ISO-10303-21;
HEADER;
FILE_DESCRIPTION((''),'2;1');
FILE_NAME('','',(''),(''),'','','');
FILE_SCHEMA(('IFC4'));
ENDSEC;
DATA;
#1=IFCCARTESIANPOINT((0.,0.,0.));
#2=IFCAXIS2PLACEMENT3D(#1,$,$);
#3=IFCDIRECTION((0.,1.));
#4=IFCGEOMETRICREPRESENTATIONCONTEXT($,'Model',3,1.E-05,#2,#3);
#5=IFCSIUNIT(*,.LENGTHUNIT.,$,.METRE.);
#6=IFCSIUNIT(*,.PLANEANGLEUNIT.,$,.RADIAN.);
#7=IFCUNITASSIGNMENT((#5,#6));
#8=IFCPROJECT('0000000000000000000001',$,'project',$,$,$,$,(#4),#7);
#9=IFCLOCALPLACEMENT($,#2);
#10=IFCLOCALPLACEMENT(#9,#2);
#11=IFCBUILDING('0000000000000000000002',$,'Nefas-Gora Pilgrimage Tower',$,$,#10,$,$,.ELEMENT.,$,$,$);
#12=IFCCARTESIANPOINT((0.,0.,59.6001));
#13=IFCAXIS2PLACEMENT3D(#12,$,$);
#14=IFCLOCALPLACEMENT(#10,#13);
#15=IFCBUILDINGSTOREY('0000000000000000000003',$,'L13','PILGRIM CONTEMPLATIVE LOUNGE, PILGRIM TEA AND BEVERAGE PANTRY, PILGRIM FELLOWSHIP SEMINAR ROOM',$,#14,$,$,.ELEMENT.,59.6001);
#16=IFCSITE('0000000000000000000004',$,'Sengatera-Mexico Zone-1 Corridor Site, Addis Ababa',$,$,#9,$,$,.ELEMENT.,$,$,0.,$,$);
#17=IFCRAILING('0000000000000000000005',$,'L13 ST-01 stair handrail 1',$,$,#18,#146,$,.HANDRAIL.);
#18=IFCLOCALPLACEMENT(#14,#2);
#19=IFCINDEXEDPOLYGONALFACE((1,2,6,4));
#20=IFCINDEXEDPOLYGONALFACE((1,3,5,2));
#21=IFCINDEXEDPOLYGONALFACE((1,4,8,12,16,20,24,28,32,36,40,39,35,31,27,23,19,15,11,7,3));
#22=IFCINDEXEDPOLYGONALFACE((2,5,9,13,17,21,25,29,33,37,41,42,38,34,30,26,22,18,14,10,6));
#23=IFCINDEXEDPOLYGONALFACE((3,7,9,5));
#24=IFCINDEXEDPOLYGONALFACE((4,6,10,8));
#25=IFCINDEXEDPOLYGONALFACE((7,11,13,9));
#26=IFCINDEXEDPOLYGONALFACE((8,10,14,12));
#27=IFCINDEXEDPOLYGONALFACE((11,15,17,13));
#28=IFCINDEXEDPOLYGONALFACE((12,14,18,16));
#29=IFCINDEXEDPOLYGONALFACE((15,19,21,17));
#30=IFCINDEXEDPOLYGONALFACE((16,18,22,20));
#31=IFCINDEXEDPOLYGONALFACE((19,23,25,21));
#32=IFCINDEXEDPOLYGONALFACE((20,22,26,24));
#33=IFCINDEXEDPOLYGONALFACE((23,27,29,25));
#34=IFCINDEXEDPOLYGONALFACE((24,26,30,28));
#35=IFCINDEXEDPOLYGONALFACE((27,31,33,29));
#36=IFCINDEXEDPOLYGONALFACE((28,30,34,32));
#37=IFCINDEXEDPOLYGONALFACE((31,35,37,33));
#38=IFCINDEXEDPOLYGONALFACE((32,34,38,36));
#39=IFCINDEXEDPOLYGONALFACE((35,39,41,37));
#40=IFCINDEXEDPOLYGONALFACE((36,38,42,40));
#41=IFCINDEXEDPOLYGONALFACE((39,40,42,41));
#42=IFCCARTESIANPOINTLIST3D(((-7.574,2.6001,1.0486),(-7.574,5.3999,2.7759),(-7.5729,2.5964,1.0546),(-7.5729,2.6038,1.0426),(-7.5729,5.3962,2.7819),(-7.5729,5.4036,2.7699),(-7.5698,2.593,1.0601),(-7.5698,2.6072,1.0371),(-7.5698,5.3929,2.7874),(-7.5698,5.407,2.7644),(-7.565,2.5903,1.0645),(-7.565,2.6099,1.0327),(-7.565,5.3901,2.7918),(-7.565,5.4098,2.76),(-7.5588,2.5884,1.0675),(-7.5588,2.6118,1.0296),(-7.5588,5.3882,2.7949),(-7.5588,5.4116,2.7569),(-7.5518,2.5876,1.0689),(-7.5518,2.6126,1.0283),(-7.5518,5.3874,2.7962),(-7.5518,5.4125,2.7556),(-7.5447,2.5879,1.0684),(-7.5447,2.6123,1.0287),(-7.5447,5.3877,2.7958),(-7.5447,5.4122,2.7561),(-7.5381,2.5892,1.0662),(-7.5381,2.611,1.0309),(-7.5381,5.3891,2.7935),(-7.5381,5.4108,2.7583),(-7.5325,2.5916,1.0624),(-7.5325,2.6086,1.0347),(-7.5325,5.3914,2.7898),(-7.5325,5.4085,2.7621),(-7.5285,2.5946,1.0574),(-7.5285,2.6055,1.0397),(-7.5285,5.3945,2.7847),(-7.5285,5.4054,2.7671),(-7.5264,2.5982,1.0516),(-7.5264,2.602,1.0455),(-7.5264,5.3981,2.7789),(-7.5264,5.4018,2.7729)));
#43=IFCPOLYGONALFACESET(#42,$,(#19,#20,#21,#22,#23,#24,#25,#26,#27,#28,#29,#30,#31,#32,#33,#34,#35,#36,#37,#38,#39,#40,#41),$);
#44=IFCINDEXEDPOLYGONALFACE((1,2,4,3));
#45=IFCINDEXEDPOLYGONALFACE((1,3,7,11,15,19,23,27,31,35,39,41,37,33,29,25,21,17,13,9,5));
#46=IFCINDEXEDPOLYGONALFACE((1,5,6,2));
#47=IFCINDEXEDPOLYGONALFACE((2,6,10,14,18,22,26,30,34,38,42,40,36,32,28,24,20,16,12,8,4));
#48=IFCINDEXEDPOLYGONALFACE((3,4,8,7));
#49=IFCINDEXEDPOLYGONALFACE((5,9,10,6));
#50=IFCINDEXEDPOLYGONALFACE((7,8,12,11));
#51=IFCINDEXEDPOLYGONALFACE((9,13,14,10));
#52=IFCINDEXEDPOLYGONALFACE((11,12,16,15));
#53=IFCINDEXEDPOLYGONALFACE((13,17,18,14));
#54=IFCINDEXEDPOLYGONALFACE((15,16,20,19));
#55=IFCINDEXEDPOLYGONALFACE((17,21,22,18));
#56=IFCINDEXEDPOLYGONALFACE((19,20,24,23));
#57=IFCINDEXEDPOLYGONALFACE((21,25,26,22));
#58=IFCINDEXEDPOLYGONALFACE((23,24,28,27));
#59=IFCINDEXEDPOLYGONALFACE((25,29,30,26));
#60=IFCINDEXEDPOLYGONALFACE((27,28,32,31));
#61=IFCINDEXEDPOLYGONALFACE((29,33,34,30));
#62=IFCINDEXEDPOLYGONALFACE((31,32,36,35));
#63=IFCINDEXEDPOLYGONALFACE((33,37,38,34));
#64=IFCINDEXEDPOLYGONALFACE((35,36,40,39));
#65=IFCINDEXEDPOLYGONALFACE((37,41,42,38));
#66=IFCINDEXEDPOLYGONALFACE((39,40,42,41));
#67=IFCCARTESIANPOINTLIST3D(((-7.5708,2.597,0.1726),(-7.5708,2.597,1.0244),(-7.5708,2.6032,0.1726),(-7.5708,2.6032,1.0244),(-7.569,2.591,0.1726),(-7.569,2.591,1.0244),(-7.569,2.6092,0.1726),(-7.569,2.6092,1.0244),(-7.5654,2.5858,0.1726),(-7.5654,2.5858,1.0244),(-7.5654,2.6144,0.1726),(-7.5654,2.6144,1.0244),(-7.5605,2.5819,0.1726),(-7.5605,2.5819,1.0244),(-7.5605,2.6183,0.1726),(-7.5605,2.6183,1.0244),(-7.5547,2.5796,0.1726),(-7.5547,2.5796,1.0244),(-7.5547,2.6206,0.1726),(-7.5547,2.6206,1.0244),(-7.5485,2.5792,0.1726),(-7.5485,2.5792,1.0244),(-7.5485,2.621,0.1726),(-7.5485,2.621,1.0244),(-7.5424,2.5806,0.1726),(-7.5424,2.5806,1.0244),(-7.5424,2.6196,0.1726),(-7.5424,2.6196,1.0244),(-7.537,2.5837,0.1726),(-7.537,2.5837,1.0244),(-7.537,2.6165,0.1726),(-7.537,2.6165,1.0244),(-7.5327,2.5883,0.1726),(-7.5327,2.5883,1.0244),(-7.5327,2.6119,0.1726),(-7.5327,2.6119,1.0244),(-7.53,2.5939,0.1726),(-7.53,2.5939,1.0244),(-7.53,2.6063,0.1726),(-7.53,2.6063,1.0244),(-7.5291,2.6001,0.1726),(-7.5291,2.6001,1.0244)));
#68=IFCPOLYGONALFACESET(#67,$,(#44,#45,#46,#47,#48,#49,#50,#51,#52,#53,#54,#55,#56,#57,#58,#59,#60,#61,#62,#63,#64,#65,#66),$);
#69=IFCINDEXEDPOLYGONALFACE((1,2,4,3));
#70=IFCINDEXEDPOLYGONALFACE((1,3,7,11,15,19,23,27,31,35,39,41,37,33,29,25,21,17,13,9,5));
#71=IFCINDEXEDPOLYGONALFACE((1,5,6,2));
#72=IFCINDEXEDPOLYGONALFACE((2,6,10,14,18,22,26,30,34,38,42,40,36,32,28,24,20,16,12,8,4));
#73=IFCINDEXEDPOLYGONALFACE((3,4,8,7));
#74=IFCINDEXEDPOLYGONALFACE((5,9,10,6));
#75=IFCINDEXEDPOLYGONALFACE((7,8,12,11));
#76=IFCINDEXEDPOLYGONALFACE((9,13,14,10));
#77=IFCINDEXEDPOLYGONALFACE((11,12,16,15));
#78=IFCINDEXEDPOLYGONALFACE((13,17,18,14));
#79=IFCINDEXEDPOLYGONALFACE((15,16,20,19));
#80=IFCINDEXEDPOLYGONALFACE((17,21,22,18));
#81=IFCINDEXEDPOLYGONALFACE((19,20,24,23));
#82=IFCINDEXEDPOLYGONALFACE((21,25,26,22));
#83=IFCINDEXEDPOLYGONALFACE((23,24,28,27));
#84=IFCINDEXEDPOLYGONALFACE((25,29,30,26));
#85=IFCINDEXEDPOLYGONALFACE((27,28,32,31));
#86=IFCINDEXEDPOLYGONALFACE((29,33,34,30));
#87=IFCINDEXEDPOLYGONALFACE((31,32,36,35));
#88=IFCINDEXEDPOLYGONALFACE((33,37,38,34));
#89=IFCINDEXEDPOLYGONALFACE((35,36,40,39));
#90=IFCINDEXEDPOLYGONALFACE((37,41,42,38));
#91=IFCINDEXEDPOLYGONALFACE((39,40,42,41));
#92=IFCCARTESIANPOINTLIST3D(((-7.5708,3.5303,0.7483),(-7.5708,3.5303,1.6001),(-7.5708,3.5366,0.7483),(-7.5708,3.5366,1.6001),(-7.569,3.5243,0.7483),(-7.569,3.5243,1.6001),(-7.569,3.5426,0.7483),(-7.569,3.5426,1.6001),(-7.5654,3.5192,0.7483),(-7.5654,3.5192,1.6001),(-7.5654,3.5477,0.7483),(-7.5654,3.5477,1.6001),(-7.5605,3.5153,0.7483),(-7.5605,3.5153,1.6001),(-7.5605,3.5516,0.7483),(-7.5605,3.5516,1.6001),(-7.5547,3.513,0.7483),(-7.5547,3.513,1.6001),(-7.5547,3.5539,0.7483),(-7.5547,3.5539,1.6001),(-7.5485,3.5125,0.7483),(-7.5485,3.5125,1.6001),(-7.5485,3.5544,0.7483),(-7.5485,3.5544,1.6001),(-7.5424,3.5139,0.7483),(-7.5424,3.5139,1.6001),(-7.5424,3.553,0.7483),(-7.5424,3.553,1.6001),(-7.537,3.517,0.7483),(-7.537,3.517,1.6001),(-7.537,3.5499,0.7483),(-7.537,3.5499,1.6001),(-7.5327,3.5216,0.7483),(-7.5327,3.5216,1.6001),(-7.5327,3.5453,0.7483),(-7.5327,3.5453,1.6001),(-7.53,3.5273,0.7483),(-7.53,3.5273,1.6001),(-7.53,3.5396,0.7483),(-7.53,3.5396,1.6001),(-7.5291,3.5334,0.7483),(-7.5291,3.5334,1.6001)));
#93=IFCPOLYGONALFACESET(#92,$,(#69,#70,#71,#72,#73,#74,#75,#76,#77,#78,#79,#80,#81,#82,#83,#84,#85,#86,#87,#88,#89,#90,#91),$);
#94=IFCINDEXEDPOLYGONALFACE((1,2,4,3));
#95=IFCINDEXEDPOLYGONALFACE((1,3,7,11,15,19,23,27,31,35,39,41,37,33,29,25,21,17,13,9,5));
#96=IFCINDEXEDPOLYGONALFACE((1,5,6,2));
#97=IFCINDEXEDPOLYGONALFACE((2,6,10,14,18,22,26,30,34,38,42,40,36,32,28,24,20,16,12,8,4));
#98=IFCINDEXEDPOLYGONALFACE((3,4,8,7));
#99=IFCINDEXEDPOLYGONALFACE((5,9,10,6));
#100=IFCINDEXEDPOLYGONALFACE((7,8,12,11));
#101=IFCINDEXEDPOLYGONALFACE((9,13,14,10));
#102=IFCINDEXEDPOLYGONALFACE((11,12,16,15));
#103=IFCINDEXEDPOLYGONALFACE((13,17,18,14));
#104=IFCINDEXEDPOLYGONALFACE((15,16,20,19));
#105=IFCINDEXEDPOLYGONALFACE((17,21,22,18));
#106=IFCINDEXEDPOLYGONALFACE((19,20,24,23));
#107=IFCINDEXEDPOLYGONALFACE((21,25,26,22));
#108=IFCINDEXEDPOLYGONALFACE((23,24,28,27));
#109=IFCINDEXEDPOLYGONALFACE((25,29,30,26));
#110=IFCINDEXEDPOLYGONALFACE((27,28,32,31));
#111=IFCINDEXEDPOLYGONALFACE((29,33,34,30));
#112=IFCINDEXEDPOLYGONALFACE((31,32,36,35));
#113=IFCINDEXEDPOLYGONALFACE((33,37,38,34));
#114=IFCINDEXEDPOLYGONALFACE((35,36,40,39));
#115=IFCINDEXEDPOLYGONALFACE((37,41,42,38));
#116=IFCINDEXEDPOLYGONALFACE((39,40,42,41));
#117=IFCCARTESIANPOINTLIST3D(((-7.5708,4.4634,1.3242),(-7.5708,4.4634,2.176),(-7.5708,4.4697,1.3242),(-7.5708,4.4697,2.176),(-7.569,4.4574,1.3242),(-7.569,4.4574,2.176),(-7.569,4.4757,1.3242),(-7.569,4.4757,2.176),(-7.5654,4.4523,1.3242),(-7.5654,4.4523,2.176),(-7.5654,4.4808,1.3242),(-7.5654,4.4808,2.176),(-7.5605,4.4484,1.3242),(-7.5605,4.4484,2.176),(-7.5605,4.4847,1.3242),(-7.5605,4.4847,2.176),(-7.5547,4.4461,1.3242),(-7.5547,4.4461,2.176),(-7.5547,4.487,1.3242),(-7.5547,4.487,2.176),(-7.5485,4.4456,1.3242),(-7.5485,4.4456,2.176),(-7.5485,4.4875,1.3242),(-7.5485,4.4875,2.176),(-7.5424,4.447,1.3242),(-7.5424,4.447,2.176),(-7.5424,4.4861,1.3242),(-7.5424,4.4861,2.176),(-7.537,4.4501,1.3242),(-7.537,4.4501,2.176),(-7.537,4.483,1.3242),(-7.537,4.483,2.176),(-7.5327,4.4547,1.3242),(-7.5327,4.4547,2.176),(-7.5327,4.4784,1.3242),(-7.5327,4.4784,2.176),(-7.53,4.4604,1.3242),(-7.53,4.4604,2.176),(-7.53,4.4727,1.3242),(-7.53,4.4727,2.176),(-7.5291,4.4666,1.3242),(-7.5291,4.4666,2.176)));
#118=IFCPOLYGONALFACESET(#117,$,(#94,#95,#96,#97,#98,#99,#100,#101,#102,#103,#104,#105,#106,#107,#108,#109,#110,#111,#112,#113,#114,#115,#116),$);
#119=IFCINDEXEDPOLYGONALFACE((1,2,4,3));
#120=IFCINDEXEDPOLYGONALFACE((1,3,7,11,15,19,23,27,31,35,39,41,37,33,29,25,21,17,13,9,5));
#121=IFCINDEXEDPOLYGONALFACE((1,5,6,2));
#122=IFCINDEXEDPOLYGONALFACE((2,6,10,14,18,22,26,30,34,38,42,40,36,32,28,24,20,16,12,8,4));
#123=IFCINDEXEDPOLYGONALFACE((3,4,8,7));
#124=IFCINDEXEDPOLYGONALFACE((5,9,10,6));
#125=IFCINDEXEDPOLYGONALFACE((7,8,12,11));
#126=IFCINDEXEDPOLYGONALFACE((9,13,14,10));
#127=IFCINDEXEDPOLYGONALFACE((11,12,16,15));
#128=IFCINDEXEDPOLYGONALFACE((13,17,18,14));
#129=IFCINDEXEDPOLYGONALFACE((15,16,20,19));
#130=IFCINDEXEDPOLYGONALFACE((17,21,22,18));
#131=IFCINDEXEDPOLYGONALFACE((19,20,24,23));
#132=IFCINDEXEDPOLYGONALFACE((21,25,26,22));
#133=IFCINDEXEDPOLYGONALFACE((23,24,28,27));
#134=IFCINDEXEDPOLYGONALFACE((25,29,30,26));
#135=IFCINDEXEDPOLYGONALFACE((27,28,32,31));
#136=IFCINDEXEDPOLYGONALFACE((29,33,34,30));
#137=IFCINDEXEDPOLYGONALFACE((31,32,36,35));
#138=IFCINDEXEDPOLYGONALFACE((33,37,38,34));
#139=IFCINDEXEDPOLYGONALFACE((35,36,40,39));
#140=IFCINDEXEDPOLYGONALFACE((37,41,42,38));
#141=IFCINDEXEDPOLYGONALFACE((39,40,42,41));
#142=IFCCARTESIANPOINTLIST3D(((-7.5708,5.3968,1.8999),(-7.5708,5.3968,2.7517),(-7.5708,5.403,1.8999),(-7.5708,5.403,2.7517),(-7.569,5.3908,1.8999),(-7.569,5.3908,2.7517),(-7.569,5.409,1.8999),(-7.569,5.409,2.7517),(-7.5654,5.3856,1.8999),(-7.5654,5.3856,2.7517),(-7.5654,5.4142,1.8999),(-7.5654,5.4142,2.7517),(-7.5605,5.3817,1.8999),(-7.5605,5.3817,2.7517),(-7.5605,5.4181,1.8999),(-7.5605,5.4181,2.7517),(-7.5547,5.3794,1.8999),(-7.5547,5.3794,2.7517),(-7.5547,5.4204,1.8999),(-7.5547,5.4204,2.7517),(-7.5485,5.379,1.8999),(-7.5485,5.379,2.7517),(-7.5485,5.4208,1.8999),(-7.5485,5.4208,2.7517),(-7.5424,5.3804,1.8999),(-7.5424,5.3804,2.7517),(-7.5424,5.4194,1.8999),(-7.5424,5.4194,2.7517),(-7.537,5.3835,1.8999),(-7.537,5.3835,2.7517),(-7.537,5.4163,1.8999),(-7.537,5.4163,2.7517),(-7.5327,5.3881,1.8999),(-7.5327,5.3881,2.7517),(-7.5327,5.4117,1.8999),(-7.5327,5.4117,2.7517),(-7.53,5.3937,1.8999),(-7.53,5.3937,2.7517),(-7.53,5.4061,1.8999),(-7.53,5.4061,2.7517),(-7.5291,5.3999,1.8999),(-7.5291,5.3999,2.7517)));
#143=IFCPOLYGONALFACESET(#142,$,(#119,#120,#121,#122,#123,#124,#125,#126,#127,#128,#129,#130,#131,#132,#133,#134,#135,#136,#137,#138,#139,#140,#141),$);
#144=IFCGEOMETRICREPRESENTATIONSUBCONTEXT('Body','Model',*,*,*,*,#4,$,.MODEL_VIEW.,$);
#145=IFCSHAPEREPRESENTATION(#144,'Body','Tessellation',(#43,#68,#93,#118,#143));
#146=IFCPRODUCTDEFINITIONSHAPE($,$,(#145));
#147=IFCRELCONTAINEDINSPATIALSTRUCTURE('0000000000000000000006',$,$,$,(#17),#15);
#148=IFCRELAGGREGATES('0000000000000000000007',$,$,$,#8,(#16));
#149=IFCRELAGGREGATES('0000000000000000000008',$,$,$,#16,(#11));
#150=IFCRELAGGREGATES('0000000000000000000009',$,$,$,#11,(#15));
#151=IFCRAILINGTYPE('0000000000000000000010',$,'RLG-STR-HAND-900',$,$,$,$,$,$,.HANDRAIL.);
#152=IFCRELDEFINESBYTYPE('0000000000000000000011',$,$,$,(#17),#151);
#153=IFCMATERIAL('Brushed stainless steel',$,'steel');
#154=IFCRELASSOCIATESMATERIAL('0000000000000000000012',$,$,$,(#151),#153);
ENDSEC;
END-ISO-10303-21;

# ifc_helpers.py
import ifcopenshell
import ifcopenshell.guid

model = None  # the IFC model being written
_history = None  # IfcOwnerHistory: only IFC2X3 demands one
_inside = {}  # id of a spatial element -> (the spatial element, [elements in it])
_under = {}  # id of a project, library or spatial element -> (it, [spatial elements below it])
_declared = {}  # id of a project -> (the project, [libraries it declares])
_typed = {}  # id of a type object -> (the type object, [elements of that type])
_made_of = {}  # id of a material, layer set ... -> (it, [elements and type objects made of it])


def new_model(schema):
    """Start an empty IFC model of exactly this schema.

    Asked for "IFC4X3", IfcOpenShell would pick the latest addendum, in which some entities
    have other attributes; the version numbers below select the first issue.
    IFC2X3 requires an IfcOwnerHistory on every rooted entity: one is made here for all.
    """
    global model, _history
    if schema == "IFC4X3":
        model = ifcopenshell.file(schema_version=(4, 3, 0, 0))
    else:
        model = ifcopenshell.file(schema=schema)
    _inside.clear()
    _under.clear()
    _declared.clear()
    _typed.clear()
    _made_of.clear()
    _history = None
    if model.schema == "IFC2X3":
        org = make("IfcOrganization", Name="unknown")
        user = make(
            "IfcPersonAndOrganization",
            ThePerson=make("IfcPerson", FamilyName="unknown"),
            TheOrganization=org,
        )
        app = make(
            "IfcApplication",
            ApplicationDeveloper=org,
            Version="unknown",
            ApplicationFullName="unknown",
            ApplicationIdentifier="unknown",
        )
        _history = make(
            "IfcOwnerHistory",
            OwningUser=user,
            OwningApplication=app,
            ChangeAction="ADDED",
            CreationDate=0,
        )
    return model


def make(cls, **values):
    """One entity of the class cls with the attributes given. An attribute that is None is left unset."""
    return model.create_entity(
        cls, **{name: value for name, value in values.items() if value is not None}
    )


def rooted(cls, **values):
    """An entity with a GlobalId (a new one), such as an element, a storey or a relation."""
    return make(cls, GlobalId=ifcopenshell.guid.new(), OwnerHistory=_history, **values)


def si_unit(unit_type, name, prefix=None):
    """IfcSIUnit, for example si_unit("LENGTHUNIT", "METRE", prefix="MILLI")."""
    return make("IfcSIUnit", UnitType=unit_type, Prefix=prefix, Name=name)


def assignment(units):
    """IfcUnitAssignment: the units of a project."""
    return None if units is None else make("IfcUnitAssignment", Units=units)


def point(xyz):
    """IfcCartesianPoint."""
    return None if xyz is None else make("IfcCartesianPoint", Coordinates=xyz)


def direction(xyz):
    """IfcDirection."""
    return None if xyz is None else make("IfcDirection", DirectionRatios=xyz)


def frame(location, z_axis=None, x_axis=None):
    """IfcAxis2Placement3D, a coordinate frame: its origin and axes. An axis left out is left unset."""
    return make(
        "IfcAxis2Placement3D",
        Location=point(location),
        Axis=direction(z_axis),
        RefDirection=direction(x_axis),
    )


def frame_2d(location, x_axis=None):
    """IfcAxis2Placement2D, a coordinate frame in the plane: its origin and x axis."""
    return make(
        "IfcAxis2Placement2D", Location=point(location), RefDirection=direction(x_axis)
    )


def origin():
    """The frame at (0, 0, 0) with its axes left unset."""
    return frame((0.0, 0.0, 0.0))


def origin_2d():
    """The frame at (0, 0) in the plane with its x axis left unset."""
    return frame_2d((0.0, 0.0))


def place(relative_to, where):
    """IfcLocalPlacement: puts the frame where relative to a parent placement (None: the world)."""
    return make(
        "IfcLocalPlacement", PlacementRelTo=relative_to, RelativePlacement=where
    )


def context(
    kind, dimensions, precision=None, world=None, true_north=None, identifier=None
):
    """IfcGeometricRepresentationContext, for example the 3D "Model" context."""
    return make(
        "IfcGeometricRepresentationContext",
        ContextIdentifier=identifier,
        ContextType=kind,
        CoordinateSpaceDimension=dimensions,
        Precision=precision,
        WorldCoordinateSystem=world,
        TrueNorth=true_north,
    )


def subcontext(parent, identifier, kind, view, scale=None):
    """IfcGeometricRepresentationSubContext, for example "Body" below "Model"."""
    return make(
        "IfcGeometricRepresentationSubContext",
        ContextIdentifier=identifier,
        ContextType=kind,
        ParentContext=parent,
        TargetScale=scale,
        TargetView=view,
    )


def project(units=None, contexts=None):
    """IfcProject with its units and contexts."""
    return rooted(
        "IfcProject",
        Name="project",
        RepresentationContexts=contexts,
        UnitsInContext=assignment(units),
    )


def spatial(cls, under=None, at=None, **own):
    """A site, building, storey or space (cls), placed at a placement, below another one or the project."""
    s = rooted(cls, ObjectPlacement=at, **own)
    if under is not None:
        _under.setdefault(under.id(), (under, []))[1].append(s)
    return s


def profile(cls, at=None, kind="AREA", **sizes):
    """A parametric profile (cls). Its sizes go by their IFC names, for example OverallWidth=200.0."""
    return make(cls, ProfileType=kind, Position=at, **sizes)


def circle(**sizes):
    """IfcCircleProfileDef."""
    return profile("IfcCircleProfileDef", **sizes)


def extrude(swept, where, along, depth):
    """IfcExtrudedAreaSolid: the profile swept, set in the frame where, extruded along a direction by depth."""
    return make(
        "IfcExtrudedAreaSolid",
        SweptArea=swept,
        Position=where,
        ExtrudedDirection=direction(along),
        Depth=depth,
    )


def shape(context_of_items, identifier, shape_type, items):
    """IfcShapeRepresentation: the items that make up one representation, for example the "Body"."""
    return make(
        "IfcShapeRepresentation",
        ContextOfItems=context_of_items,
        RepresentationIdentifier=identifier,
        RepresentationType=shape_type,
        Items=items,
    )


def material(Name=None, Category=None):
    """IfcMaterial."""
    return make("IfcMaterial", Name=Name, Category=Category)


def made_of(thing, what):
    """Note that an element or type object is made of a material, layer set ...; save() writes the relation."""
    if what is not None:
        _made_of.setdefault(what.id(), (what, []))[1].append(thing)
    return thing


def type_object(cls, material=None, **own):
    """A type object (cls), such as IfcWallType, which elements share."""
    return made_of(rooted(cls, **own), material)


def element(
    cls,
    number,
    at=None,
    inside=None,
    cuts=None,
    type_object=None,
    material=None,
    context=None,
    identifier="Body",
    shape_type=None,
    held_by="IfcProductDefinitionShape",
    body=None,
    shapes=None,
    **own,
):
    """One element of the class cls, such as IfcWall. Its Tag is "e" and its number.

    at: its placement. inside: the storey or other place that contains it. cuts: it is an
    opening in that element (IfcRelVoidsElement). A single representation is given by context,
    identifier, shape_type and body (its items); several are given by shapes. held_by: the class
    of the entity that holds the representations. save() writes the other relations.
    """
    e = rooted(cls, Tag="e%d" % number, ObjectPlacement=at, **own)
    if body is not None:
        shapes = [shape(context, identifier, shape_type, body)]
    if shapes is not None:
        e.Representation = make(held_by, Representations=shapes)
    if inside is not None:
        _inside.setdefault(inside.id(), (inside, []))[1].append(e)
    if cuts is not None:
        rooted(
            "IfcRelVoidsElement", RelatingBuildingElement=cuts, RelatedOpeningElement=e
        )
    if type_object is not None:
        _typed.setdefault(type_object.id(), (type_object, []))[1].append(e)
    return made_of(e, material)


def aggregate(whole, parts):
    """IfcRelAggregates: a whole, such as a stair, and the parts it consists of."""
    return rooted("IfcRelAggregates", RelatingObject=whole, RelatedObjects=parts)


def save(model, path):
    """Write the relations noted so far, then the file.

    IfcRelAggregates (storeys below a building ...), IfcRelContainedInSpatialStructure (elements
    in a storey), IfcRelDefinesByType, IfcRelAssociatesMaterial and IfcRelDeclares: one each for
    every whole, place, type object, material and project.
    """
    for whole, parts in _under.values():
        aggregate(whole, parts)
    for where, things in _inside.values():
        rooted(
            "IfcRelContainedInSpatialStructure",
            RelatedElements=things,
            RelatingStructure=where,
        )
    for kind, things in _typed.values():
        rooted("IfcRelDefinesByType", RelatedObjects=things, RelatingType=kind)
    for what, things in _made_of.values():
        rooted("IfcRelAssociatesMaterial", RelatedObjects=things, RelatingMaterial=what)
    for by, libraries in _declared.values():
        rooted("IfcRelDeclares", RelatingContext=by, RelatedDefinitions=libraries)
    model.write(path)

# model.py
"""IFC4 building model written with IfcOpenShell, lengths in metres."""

from ifc_helpers import new_model, si_unit, direction, frame, origin, origin_2d, place, context, subcontext, project, spatial, circle, extrude, material, type_object, element, save


model = new_model("IFC4")

# Units and contexts
model_context = context("Model", 3, precision=1e-05, world=origin(), true_north=direction((0.0, 1.0)))
body_context = subcontext(model_context, "Body", "Model", "MODEL_VIEW")
ifc_project = project(units=[si_unit("LENGTHUNIT", "METRE"), si_unit("PLANEANGLEUNIT", "RADIAN")], contexts=[model_context])

# Site, building, storey
site_placement = place(None, origin())
site = spatial("IfcSite", under=ifc_project, at=site_placement, Name="Sengatera-Mexico Zone-1 Corridor Site, Addis Ababa", CompositionType="ELEMENT", RefElevation=0.0)
building_placement = place(site_placement, origin())
building = spatial("IfcBuilding", under=site, at=building_placement, Name="Nefas-Gora Pilgrimage Tower", CompositionType="ELEMENT")
storey_placement = place(building_placement, frame((0.0, 0.0, 59.6001)))
storey = spatial("IfcBuildingStorey", under=building, at=storey_placement, Name="L13", Description="PILGRIM CONTEMPLATIVE LOUNGE, PILGRIM TEA AND BEVERAGE PANTRY, PILGRIM FELLOWSHIP SEMINAR ROOM", CompositionType="ELEMENT", Elevation=59.6001)

# Railing
ifc_material_1 = material(Name="Brushed stainless steel", Category="steel")
railing_type_1 = type_object("IfcRailingType", Name="RLG-STR-HAND-900", PredefinedType="HANDRAIL", material=ifc_material_1)
railing_1_placement = place(storey_placement, frame((-7.55, 2.6001, 0.1726)))
element("IfcRailing", 1, at=railing_1_placement, inside=storey, type_object=railing_type_1, Name="L13 ST-01 stair handrail 1", PredefinedType="HANDRAIL", context=body_context, shape_type="SweptSolid", body=[
    extrude(circle(Radius=0.0239, at=origin_2d()), frame((0.0, 0.0, 0.876), z_axis=(0.0, 0.851069, 0.525054), x_axis=(-1.0, 0.0, 0.0)), (0.0, 0.0, 1.0), 3.2898),
    extrude(circle(Radius=0.021, at=origin_2d()), origin(), (0.0, 0.0, 1.0), 0.8518),
    extrude(circle(Radius=0.021, at=origin_2d()), frame((0.0, 0.9333, 0.5757)), (0.0, 0.0, 1.0), 0.8518),
    extrude(circle(Radius=0.021, at=origin_2d()), frame((0.0, 1.8665, 1.1516)), (0.0, 0.0, 1.0), 0.8518),
    extrude(circle(Radius=0.021, at=origin_2d()), frame((0.0, 2.7998, 1.7273)), (0.0, 0.0, 1.0), 0.8518),
])

save(model, "model.ifc")
